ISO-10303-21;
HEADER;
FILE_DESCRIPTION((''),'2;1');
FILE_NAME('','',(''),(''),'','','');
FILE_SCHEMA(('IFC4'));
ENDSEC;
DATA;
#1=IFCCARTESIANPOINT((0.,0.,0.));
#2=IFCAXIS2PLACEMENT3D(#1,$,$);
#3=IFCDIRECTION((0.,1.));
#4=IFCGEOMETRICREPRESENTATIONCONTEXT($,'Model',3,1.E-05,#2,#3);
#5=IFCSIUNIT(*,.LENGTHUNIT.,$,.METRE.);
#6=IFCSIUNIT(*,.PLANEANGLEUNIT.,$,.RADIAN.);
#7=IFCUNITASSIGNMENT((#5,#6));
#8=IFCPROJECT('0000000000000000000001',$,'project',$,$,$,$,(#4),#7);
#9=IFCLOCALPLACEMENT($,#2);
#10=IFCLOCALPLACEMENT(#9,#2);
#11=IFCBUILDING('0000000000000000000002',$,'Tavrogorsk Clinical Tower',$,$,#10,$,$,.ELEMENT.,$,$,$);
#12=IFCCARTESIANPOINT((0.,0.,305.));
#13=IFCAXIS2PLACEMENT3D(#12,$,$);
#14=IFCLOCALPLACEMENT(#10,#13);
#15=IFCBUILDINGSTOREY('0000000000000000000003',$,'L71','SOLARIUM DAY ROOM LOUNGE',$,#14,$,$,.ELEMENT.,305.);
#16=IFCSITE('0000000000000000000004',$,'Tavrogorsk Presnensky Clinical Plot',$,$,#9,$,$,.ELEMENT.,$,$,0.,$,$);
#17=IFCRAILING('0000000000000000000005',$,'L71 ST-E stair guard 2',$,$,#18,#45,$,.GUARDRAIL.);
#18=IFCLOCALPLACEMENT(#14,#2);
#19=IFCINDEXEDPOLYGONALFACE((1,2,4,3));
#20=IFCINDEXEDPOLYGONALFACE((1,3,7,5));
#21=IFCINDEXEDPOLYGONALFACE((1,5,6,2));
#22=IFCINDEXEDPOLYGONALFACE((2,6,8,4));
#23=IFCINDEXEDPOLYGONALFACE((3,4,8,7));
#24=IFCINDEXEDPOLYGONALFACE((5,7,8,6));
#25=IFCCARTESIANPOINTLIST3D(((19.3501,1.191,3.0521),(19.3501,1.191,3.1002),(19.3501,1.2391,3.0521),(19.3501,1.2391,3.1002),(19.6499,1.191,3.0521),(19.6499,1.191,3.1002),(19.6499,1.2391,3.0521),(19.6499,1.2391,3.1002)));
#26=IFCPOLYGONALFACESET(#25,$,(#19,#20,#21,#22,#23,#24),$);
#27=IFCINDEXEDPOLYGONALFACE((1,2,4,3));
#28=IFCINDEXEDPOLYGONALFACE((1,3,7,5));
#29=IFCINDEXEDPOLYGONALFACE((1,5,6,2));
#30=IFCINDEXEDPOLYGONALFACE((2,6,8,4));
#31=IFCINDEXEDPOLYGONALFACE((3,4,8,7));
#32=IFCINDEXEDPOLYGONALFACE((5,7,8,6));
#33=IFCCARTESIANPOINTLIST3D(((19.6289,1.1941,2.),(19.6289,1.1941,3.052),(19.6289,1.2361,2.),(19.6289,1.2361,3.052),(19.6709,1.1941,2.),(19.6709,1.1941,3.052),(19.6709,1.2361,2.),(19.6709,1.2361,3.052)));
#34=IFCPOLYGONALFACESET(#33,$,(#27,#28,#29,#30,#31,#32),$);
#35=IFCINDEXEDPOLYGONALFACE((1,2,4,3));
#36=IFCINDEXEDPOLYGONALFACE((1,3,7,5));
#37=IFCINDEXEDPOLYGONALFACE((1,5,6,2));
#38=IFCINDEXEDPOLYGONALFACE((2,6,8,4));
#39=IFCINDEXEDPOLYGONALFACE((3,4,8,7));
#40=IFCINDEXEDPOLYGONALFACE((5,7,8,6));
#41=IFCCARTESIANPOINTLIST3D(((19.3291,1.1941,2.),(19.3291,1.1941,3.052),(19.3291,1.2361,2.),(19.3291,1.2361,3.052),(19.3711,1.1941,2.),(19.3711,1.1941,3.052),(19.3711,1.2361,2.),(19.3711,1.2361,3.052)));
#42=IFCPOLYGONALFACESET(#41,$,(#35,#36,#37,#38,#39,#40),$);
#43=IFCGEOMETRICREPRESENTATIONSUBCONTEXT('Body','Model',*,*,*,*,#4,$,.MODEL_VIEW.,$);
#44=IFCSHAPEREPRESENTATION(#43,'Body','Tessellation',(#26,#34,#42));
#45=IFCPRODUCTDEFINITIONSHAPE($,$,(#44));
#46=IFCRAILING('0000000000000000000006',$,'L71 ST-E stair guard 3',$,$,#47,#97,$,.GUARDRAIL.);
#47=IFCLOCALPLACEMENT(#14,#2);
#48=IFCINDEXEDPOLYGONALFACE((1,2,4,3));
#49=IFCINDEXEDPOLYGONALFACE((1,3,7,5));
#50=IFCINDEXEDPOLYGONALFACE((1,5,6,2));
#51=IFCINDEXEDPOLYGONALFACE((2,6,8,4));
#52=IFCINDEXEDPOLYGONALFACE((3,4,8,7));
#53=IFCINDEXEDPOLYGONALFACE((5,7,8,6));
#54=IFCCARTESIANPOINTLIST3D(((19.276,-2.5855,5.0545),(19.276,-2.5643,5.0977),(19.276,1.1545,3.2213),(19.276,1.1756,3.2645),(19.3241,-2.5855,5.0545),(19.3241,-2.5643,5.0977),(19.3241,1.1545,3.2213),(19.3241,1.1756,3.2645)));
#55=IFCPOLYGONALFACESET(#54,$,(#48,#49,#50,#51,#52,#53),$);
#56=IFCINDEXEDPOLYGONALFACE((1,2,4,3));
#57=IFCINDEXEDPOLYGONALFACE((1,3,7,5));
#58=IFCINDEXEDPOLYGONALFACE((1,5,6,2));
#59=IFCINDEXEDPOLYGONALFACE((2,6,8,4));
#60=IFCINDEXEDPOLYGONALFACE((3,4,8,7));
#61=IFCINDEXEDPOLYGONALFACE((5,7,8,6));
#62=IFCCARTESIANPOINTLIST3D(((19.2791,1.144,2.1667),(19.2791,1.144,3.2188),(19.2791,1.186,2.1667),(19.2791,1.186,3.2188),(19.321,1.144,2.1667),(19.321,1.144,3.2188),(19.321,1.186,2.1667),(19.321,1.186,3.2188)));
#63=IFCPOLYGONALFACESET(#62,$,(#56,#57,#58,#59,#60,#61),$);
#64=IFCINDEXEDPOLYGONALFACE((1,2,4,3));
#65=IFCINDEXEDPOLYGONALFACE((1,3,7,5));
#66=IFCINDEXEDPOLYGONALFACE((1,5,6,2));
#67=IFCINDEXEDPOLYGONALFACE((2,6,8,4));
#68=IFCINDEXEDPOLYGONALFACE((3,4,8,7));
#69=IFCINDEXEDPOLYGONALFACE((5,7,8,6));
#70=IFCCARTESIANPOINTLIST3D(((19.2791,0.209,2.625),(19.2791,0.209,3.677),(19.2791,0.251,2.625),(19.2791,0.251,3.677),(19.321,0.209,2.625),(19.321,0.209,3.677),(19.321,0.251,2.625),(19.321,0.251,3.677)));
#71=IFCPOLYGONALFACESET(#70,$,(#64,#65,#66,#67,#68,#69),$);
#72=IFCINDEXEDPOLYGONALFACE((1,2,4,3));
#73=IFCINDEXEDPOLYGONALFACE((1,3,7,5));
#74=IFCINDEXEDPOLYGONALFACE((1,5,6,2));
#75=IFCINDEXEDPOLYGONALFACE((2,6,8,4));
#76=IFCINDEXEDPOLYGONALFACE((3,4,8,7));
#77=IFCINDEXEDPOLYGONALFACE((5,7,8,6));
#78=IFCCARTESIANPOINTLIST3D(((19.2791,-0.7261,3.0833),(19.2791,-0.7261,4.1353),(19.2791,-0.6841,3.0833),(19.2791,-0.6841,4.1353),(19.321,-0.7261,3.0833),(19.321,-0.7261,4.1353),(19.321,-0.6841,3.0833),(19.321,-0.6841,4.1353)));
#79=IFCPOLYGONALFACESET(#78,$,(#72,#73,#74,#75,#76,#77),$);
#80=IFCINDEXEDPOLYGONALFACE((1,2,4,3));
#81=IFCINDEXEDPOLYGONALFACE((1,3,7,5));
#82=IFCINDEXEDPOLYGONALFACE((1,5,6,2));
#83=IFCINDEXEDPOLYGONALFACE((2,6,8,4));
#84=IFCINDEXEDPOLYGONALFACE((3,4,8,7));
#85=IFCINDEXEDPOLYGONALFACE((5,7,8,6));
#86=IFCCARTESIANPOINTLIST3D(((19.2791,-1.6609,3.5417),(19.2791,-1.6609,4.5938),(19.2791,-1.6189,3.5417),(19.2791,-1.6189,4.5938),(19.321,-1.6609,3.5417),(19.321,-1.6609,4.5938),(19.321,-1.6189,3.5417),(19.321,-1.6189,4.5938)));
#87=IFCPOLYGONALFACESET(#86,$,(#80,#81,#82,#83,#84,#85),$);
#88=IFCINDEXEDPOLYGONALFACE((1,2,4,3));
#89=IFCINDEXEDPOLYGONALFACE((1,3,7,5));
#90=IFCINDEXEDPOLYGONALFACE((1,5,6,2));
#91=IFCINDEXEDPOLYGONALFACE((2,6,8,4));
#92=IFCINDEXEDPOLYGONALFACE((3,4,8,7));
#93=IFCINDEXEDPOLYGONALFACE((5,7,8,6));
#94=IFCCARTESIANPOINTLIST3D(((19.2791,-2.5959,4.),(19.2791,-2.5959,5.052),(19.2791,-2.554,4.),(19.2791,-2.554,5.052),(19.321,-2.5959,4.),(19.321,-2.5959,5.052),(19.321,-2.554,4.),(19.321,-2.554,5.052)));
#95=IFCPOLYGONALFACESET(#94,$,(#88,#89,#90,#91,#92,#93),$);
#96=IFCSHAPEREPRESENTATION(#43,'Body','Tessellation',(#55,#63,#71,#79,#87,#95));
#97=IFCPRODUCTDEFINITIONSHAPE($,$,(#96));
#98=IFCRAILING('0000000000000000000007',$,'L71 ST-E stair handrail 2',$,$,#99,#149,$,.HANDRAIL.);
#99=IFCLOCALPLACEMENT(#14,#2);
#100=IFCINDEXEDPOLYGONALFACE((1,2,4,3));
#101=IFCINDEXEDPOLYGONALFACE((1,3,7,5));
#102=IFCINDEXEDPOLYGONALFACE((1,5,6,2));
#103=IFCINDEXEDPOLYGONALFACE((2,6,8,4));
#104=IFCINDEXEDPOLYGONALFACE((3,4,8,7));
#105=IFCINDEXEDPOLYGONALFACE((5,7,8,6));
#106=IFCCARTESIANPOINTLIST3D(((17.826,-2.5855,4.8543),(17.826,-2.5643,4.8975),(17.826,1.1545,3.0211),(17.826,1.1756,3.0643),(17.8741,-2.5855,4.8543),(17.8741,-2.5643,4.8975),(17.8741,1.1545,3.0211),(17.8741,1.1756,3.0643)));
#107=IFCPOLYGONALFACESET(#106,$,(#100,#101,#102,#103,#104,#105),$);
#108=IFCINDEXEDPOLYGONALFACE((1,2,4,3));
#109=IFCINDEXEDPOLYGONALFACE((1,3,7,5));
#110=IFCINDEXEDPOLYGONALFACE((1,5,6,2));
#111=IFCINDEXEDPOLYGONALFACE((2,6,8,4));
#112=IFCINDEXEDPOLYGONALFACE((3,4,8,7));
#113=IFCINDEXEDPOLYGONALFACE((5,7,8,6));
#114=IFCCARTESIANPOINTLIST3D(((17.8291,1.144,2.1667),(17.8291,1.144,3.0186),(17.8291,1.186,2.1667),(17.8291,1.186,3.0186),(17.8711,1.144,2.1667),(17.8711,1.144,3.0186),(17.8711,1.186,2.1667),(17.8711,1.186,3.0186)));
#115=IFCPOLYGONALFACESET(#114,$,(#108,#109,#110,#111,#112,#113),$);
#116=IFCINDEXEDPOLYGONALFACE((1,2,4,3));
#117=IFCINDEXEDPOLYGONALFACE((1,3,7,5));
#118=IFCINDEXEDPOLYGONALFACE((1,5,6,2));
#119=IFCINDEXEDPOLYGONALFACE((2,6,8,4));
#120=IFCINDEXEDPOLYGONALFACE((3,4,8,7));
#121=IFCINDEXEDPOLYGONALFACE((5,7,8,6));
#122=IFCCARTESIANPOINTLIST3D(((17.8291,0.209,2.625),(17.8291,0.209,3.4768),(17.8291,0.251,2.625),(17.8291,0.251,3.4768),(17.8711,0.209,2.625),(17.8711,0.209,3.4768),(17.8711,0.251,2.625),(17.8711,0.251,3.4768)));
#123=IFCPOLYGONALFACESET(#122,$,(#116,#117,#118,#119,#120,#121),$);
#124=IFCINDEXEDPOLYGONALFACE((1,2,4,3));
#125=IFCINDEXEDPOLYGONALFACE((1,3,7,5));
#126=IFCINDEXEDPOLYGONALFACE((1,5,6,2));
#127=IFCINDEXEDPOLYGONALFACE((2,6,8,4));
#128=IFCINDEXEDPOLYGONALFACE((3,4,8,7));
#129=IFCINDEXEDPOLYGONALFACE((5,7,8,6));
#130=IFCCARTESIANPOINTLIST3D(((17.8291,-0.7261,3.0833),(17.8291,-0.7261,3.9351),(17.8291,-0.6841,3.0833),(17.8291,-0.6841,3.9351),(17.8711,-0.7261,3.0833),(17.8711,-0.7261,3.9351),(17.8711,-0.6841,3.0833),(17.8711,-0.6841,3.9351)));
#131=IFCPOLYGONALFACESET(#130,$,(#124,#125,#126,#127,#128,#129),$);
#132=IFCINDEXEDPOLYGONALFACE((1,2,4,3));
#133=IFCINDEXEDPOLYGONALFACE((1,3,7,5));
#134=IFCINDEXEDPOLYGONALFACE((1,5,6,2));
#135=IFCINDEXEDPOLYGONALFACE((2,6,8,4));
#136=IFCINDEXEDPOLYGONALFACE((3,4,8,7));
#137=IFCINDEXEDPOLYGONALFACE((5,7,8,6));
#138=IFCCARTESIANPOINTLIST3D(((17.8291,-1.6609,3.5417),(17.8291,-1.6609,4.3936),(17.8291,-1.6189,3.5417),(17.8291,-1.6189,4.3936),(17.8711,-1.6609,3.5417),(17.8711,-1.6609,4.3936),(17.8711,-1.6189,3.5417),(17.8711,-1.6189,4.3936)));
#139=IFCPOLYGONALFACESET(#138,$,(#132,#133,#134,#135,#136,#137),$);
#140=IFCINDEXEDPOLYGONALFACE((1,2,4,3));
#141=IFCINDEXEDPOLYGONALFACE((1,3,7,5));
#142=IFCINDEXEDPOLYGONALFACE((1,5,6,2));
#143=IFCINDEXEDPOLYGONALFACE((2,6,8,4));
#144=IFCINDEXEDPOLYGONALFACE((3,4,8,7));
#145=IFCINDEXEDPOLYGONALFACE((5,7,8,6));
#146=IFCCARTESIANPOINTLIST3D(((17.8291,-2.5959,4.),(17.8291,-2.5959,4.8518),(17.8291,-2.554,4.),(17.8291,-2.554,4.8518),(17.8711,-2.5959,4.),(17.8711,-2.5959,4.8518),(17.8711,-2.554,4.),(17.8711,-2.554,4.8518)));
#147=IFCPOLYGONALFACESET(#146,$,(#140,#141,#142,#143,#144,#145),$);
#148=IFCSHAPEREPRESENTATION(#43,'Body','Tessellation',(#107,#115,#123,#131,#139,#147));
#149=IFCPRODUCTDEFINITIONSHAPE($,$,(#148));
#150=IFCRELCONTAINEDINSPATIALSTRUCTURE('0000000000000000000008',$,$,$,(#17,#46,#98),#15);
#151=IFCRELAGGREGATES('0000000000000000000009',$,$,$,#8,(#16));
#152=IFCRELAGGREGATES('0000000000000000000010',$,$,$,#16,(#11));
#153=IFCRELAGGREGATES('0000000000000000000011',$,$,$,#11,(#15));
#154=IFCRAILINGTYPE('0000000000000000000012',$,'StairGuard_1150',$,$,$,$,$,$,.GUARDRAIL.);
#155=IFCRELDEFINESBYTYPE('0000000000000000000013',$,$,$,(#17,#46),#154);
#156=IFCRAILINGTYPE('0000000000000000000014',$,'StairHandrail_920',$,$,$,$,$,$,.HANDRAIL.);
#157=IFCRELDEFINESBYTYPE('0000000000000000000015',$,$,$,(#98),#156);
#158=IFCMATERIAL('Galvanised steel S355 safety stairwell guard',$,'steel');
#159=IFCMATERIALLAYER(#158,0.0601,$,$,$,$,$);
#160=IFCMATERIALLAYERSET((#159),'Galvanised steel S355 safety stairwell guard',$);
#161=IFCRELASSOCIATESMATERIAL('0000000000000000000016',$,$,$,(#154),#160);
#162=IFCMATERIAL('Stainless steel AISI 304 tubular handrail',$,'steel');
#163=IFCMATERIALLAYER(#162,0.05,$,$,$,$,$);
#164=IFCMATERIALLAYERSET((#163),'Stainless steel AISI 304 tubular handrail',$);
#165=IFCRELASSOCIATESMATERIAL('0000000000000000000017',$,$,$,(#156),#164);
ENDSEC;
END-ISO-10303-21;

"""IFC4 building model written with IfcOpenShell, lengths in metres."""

from ifc_helpers import new_model, si_unit, direction, frame, origin, origin_2d, place, context, subcontext, project, spatial, rectangle, extrude, material, layer, layer_set, type_object, element, save


model = new_model("IFC4")

# Units and contexts
model_context = context("Model", 3, precision=1e-05, world=origin(), true_north=direction((0.0, 1.0)))
body_context = subcontext(model_context, "Body", "Model", "MODEL_VIEW")
ifc_project = project(units=[si_unit("LENGTHUNIT", "METRE"), si_unit("PLANEANGLEUNIT", "RADIAN")], contexts=[model_context])

# Site, building, storey
site_placement = place(None, origin())
site = spatial("IfcSite", under=ifc_project, at=site_placement, Name="Tavrogorsk Presnensky Clinical Plot", CompositionType="ELEMENT", RefElevation=0.0)
building_placement = place(site_placement, origin())
building = spatial("IfcBuilding", under=site, at=building_placement, Name="Tavrogorsk Clinical Tower", CompositionType="ELEMENT")
storey_placement = place(building_placement, frame((0.0, 0.0, 305.0)))
storey = spatial("IfcBuildingStorey", under=building, at=storey_placement, Name="L71", Description="SOLARIUM DAY ROOM LOUNGE", CompositionType="ELEMENT", Elevation=305.0)

# Railings
ifc_material_1 = material(Name="Galvanised steel S355 safety stairwell guard", Category="steel")
ifc_layer_1 = layer(ifc_material_1, 0.0601)
ifc_layer_set_1 = layer_set([ifc_layer_1], Name="Galvanised steel S355 safety stairwell guard")
railing_type_1 = type_object("IfcRailingType", Name="StairGuard_1150", PredefinedType="GUARDRAIL", material=ifc_layer_set_1)
railing_1_placement = place(storey_placement, frame((19.6499, 1.2151, 2.0)))
element("IfcRailing", 1, at=railing_1_placement, inside=storey, type_object=railing_type_1, Name="L71 ST-E stair guard 2", PredefinedType="GUARDRAIL", context=body_context, shape_type="SweptSolid", body=[
    extrude(rectangle(XDim=0.0481, YDim=0.0481, at=origin_2d()), frame((0.0, 0.0, 1.0762), z_axis=(-1.0, 0.0, 0.0), x_axis=(0.0, -1.0, 0.0)), (0.0, 0.0, 1.0), 0.2998),
    extrude(rectangle(XDim=0.042, YDim=0.042, at=origin_2d()), origin(), (0.0, 0.0, 1.0), 1.052),
    extrude(rectangle(XDim=0.042, YDim=0.042, at=origin_2d()), frame((-0.2998, 0.0, 0.0)), (0.0, 0.0, 1.0), 1.052),
])
railing_2_placement = place(storey_placement, frame((19.3, 1.165, 2.1667)))
element("IfcRailing", 2, at=railing_2_placement, inside=storey, type_object=railing_type_1, Name="L71 ST-E stair guard 3", PredefinedType="GUARDRAIL", context=body_context, shape_type="SweptSolid", body=[
    extrude(rectangle(XDim=0.0481, YDim=0.0481, at=origin_2d()), frame((0.0, 0.0, 1.0762), z_axis=(0.0, -0.897928, 0.440142), x_axis=(1.0, 0.0, 0.0)), (0.0, 0.0, 1.0), 4.165),
    extrude(rectangle(XDim=0.042, YDim=0.042, at=origin_2d()), origin(), (0.0, 0.0, 1.0), 1.052),
    extrude(rectangle(XDim=0.042, YDim=0.042, at=origin_2d()), frame((0.0, -0.9351, 0.4583)), (0.0, 0.0, 1.0), 1.052),
    extrude(rectangle(XDim=0.042, YDim=0.042, at=origin_2d()), frame((0.0, -1.8701, 0.9165)), (0.0, 0.0, 1.0), 1.052),
    extrude(rectangle(XDim=0.042, YDim=0.042, at=origin_2d()), frame((0.0, -2.8049, 1.375)), (0.0, 0.0, 1.0), 1.052),
    extrude(rectangle(XDim=0.042, YDim=0.042, at=origin_2d()), frame((0.0, -3.74, 1.8333)), (0.0, 0.0, 1.0), 1.052),
])
ifc_material_2 = material(Name="Stainless steel AISI 304 tubular handrail", Category="steel")
ifc_layer_2 = layer(ifc_material_2, 0.05)
ifc_layer_set_2 = layer_set([ifc_layer_2], Name="Stainless steel AISI 304 tubular handrail")
railing_type_2 = type_object("IfcRailingType", Name="StairHandrail_920", PredefinedType="HANDRAIL", material=ifc_layer_set_2)
railing_3_placement = place(storey_placement, frame((17.8501, 1.165, 2.1667)))
element("IfcRailing", 3, at=railing_3_placement, inside=storey, type_object=railing_type_2, Name="L71 ST-E stair handrail 2", PredefinedType="HANDRAIL", context=body_context, shape_type="SweptSolid", body=[
    extrude(rectangle(XDim=0.0481, YDim=0.0481, at=origin_2d()), frame((0.0, 0.0, 0.876), z_axis=(0.0, -0.897928, 0.440142), x_axis=(1.0, 0.0, 0.0)), (0.0, 0.0, 1.0), 4.165),
    extrude(rectangle(XDim=0.042, YDim=0.042, at=origin_2d()), origin(), (0.0, 0.0, 1.0), 0.8518),
    extrude(rectangle(XDim=0.042, YDim=0.042, at=origin_2d()), frame((0.0, -0.9351, 0.4583)), (0.0, 0.0, 1.0), 0.8518),
    extrude(rectangle(XDim=0.042, YDim=0.042, at=origin_2d()), frame((0.0, -1.8701, 0.9165)), (0.0, 0.0, 1.0), 0.8518),
    extrude(rectangle(XDim=0.042, YDim=0.042, at=origin_2d()), frame((0.0, -2.8049, 1.375)), (0.0, 0.0, 1.0), 0.8518),
    extrude(rectangle(XDim=0.042, YDim=0.042, at=origin_2d()), frame((0.0, -3.74, 1.8333)), (0.0, 0.0, 1.0), 0.8518),
])

save(model, "model.ifc")
